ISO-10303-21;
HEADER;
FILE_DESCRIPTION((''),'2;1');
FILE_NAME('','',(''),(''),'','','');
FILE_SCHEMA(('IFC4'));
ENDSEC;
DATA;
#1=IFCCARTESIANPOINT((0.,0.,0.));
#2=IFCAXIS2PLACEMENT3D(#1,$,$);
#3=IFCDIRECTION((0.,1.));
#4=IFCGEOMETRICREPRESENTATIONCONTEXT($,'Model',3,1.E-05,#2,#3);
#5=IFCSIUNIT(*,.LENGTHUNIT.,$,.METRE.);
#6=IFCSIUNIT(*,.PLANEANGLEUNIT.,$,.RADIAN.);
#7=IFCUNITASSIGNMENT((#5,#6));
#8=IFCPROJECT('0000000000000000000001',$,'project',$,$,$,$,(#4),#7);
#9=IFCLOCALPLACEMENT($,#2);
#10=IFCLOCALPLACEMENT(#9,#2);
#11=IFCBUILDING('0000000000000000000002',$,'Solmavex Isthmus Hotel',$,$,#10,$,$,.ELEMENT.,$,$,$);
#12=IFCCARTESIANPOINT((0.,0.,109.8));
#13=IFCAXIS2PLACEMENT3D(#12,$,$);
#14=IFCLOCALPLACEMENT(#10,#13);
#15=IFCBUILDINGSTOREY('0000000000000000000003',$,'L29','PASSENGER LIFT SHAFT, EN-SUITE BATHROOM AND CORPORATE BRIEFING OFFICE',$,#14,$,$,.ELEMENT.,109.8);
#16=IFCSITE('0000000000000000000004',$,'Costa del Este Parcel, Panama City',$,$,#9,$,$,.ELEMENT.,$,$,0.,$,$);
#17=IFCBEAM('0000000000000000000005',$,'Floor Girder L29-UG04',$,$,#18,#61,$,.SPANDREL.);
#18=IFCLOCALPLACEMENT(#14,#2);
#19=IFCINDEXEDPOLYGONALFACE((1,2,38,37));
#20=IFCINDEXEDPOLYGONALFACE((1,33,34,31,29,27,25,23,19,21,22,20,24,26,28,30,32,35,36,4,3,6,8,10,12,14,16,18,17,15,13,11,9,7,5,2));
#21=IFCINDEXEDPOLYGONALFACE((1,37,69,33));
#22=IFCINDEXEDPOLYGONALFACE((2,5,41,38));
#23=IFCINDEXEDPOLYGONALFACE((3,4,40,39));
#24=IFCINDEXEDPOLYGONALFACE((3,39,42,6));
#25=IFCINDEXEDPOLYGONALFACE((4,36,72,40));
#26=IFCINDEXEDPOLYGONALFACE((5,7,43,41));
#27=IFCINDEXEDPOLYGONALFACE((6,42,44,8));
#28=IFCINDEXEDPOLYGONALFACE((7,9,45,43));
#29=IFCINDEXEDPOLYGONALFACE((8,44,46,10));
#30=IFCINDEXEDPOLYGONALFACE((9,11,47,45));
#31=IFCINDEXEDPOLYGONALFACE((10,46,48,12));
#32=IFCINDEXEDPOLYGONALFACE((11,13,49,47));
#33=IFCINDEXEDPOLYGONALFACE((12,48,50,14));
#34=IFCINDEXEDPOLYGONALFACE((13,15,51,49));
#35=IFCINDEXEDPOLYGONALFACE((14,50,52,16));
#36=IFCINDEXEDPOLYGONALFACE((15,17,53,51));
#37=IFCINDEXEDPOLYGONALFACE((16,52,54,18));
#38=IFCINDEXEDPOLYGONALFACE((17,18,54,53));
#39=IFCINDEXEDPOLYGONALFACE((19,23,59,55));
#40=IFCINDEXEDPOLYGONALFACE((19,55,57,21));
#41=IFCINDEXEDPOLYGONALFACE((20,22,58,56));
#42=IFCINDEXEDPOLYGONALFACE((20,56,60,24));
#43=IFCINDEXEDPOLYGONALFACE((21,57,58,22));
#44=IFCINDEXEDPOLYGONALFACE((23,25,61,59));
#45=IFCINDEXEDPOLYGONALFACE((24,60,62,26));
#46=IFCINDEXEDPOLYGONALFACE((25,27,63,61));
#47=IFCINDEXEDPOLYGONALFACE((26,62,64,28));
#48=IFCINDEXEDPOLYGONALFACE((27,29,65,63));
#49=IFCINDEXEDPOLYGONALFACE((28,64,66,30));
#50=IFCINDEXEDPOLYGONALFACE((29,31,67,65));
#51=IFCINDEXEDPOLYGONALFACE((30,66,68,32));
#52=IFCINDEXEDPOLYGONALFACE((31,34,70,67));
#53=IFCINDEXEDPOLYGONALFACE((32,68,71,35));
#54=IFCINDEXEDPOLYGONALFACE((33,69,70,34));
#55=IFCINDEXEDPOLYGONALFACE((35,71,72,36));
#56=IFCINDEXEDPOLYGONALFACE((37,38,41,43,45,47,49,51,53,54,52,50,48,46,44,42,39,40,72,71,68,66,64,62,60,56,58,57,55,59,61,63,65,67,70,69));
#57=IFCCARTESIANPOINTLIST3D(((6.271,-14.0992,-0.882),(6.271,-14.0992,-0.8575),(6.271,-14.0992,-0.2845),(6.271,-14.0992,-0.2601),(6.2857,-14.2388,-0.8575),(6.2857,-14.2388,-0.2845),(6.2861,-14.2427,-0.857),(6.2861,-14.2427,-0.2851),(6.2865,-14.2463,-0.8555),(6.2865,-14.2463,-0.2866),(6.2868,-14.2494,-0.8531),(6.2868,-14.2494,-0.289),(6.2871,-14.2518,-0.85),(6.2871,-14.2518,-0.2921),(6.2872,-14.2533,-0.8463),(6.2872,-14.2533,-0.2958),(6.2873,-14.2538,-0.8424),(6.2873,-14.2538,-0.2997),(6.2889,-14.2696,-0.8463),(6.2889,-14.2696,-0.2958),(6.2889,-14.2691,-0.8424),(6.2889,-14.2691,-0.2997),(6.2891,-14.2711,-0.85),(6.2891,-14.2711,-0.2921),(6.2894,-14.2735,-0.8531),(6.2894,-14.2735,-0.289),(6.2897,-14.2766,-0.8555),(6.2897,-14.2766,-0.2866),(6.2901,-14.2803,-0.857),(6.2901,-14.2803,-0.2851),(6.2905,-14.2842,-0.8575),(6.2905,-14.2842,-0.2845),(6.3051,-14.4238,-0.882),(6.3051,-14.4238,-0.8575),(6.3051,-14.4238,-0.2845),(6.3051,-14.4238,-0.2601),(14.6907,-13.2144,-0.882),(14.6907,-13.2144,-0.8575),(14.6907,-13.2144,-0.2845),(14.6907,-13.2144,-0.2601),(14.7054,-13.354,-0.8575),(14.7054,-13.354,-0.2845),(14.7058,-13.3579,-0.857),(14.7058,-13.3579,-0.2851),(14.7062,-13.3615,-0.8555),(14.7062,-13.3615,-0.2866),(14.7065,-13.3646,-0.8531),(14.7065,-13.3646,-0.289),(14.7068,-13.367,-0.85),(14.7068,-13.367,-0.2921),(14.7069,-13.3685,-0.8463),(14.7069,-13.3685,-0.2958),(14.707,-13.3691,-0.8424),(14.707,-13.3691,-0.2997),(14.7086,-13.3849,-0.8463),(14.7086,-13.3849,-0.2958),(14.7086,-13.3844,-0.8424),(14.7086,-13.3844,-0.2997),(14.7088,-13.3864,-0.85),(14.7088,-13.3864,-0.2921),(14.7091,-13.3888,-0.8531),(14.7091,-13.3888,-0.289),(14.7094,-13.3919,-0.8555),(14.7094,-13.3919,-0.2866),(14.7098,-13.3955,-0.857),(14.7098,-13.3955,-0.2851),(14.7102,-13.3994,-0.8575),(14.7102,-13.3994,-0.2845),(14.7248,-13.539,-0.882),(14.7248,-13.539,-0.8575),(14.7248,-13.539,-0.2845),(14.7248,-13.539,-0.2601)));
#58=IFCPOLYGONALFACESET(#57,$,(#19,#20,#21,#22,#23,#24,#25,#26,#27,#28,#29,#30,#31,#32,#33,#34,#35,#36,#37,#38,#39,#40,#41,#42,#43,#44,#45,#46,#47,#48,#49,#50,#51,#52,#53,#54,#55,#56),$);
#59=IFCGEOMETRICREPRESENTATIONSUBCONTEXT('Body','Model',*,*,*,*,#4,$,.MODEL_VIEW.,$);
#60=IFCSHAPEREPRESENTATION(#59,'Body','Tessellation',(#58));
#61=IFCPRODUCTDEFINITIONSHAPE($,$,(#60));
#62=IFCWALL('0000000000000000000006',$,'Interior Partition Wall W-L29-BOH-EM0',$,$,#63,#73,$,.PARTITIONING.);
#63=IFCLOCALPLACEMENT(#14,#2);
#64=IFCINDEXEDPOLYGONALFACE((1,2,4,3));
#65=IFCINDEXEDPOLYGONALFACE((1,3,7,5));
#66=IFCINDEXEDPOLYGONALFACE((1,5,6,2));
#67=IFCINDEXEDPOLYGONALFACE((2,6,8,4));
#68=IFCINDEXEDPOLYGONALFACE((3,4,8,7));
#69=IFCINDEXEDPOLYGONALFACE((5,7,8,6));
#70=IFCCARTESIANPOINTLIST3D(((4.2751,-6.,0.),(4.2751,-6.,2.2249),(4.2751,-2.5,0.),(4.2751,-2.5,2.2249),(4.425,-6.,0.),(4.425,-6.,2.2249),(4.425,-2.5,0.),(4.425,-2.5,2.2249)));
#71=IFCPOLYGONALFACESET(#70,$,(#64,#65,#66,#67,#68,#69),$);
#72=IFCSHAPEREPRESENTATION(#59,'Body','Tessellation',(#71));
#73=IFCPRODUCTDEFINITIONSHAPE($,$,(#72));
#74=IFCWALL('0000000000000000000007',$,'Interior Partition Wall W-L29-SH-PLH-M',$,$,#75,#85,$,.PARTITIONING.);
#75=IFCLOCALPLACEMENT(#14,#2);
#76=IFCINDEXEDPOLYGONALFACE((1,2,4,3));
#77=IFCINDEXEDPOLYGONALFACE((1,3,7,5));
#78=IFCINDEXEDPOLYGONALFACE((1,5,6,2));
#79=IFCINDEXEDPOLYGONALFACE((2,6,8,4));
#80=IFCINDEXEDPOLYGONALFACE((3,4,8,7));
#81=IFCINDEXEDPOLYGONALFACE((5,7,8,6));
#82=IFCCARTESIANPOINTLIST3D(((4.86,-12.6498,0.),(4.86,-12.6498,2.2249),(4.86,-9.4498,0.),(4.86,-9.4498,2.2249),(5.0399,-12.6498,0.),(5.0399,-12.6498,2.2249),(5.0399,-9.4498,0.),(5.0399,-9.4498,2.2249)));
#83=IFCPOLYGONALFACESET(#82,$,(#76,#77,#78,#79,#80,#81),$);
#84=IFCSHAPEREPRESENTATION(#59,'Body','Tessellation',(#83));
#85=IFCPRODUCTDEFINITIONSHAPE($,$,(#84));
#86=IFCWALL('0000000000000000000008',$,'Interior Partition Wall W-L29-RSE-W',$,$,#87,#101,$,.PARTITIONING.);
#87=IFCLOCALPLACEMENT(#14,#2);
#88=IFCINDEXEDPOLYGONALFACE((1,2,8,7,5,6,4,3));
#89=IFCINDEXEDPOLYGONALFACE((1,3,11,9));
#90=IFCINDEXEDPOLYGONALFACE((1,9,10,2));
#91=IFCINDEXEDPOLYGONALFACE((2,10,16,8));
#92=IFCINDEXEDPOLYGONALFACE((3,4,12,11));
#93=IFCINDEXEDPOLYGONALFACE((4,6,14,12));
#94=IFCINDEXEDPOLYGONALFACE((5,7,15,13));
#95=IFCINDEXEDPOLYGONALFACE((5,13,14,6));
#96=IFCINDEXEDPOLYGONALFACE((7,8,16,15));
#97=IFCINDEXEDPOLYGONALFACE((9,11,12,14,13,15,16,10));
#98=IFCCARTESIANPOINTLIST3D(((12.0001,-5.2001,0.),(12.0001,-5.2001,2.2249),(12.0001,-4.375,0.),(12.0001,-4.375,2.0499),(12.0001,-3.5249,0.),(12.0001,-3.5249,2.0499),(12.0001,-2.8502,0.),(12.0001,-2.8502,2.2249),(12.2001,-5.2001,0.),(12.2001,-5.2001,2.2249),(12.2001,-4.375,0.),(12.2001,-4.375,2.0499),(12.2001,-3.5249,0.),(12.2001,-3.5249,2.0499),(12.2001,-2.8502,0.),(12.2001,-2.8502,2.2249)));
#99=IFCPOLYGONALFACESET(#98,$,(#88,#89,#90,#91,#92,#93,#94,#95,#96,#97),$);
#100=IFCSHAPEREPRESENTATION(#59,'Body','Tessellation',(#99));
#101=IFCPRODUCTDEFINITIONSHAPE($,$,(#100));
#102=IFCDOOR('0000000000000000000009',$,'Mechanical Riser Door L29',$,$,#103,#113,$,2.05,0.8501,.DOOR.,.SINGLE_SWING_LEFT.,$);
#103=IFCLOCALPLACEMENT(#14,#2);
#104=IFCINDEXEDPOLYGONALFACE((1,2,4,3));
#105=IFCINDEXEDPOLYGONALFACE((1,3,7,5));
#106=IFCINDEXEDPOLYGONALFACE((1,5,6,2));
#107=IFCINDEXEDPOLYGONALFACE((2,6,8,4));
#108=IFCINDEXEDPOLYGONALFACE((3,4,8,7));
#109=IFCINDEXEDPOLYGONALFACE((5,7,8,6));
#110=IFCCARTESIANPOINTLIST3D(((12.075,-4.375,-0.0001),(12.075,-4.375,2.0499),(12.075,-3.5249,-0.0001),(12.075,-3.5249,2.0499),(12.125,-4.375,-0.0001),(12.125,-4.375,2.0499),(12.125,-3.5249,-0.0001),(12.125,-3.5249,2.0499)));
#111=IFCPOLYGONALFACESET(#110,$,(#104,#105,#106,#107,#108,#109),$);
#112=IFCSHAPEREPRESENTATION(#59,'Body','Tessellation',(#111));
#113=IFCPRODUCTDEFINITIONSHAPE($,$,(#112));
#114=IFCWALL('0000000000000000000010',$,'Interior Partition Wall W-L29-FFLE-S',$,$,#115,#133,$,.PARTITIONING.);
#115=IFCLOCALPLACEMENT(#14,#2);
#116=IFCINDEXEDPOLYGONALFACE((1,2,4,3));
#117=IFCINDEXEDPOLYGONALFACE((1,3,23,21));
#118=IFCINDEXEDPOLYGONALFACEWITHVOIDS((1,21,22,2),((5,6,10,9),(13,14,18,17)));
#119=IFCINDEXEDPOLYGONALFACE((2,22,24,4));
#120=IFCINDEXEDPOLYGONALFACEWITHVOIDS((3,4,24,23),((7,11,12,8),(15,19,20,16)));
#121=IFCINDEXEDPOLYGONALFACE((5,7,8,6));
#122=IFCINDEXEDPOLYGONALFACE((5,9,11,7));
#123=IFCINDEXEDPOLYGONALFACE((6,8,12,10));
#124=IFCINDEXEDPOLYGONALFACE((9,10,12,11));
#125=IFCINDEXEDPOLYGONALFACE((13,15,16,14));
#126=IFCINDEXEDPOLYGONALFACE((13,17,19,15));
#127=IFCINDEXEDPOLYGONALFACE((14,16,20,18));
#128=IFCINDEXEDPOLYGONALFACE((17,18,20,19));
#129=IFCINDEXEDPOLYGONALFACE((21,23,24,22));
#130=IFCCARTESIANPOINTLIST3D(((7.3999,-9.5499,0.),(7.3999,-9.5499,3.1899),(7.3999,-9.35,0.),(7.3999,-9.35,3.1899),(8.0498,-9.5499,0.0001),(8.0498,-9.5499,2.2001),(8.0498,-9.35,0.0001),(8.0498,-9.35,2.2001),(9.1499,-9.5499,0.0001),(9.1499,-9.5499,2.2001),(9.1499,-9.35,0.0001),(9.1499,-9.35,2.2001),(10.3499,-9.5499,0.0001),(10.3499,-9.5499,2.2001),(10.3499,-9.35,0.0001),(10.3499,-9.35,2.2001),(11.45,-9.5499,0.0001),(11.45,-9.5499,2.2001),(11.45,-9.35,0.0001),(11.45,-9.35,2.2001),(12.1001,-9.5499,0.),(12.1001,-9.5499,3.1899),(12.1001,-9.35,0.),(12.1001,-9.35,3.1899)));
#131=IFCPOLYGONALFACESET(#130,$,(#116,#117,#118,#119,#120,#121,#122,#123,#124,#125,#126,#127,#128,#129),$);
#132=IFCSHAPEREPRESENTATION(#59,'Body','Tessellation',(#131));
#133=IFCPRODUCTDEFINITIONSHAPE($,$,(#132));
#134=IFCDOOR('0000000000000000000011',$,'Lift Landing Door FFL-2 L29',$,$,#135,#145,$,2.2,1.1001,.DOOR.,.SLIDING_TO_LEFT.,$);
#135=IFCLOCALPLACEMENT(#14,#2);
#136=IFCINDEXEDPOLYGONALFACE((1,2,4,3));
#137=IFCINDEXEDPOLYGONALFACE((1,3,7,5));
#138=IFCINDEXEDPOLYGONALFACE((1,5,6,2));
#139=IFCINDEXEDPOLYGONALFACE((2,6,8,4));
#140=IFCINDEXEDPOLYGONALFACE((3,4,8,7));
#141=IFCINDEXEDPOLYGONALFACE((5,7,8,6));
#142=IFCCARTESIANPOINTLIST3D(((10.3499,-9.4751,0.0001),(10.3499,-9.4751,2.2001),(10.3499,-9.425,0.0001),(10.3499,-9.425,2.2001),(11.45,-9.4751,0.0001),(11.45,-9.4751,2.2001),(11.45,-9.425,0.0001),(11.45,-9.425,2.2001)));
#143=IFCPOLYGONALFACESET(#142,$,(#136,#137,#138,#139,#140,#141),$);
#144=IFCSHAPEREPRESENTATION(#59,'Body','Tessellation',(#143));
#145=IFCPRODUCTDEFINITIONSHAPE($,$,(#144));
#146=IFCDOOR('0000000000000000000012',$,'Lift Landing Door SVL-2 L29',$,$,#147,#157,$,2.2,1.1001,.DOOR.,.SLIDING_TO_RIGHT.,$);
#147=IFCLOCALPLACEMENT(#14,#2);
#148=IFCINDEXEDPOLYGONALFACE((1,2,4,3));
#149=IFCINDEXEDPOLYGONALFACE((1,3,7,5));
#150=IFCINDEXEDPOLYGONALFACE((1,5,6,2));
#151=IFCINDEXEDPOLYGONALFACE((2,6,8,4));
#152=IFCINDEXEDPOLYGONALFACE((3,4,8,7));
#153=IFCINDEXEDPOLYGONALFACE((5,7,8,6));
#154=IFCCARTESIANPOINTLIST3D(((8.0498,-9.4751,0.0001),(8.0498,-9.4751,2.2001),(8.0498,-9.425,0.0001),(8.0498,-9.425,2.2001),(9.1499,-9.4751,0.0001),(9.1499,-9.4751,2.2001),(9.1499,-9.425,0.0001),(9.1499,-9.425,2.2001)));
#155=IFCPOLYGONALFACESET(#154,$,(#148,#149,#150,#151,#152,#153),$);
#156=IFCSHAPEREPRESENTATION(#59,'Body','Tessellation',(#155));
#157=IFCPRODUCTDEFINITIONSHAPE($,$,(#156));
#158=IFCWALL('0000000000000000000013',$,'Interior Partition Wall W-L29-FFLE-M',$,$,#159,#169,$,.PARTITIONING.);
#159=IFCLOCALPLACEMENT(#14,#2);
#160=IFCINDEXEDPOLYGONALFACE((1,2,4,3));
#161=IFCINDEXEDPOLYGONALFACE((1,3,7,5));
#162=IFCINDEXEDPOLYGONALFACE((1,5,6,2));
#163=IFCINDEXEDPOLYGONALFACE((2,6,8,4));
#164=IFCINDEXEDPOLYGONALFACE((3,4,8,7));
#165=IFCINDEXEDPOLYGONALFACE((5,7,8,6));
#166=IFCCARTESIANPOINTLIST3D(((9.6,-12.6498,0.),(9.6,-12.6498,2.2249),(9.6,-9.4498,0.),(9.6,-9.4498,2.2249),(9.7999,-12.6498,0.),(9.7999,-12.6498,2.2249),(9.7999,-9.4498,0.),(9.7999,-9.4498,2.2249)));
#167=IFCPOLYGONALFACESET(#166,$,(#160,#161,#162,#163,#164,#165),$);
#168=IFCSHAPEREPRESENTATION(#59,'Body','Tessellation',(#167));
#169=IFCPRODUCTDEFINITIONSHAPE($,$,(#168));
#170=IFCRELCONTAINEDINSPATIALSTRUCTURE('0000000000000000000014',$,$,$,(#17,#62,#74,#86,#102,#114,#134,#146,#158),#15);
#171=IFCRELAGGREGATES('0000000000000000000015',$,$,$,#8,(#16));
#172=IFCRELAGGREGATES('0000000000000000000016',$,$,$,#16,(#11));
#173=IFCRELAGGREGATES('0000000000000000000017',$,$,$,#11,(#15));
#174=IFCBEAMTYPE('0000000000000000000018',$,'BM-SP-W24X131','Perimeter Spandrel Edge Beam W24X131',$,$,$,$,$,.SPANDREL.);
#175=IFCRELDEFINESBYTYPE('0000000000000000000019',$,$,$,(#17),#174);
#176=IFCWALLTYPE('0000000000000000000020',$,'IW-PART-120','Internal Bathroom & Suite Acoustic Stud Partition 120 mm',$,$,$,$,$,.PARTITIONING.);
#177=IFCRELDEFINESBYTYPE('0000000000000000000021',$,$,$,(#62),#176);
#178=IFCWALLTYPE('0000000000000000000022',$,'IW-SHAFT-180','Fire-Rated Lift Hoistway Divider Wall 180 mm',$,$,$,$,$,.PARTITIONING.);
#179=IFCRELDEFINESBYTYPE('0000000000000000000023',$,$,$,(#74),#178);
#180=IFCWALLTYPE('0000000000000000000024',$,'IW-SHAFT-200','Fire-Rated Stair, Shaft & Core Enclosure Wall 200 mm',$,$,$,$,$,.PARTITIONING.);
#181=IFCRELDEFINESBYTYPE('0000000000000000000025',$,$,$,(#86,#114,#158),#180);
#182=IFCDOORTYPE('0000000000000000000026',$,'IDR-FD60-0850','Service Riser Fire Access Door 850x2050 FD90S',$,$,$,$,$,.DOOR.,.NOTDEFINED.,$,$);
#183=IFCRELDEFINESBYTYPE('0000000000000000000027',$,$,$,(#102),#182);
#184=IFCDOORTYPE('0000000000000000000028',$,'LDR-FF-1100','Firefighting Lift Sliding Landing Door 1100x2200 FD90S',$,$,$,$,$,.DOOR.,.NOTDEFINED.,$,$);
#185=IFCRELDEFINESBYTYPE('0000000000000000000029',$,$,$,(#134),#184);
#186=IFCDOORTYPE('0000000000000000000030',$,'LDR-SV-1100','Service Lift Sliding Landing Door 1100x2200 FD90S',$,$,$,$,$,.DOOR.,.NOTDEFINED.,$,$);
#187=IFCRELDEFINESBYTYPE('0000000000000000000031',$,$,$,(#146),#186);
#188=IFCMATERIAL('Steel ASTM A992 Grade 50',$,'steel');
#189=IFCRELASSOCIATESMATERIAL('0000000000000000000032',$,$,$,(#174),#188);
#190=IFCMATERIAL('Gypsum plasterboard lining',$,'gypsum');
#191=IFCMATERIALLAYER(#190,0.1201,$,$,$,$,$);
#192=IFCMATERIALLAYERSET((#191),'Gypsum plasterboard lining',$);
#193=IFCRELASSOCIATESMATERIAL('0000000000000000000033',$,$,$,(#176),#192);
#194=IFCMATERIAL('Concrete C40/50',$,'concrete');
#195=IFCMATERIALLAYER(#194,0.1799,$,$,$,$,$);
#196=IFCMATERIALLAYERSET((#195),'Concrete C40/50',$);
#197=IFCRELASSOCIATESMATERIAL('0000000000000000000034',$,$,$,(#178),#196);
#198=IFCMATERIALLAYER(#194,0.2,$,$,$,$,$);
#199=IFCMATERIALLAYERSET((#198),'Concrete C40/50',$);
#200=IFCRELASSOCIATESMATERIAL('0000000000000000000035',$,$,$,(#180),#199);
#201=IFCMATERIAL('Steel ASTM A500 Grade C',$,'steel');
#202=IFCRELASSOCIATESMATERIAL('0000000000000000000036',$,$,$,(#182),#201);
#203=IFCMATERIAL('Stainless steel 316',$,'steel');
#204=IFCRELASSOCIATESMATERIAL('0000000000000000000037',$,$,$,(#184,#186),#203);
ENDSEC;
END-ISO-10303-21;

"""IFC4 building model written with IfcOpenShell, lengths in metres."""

from ifc_helpers import new_model, si_unit, direction, frame, frame_2d, origin, origin_2d, place, context, subcontext, project, spatial, rectangle, i_section, extrude, material, layer, layer_set, material_profile, profile_set, type_object, element, fill, save


model = new_model("IFC4")

# Units and contexts
model_context = context("Model", 3, precision=1e-05, world=origin(), true_north=direction((0.0, 1.0)))
body_context = subcontext(model_context, "Body", "Model", "MODEL_VIEW")
ifc_project = project(units=[si_unit("LENGTHUNIT", "METRE"), si_unit("PLANEANGLEUNIT", "RADIAN")], contexts=[model_context])

# Site, building, storey
site_placement = place(None, origin())
site = spatial("IfcSite", under=ifc_project, at=site_placement, Name="Costa del Este Parcel, Panama City", CompositionType="ELEMENT", RefElevation=0.0)
building_placement = place(site_placement, origin())
building = spatial("IfcBuilding", under=site, at=building_placement, Name="Solmavex Isthmus Hotel", CompositionType="ELEMENT")
storey_placement = place(building_placement, frame((0.0, 0.0, 109.8)))
storey = spatial("IfcBuildingStorey", under=building, at=storey_placement, Name="L29", Description="PASSENGER LIFT SHAFT, EN-SUITE BATHROOM AND CORPORATE BRIEFING OFFICE", CompositionType="ELEMENT", Elevation=109.8)

# Beam
ifc_material_1 = material(Name="Steel ASTM A992 Grade 50", Category="steel")
ifc_material_profile_1 = material_profile(ifc_material_1, i_section(OverallWidth=0.3264, OverallDepth=0.6218, WebThickness=0.0154, FlangeThickness=0.0244, FilletRadius=0.0151, at=origin_2d()), Name="W24X131")
ifc_profile_set_1 = profile_set([ifc_material_profile_1], Name="Steel ASTM A992 Grade 50")
beam_type_1 = type_object("IfcBeamType", Name="BM-SP-W24X131", Description="Perimeter Spandrel Edge Beam W24X131", PredefinedType="SPANDREL", material=ifc_profile_set_1)
beam_1_placement = place(storey_placement, frame((6.2881, -14.2615, -0.571), z_axis=(0.994524, 0.104508, 0.0), x_axis=(-0.104508, 0.994524, 0.0)))
element("IfcBeam", 1, at=beam_1_placement, inside=storey, type_object=beam_type_1, Name="Floor Girder L29-UG04", PredefinedType="SPANDREL", context=body_context, shape_type="SweptSolid", body=[
    extrude(i_section(OverallWidth=0.3264, OverallDepth=0.6218, WebThickness=0.0154, FlangeThickness=0.0244, FilletRadius=0.0151, at=origin_2d()), origin(), (0.0, 0.0, 1.0), 8.4661),
])

# Walls
ifc_material_2 = material(Name="Gypsum plasterboard lining", Category="gypsum")
ifc_layer_1 = layer(ifc_material_2, 0.1201)
ifc_layer_set_1 = layer_set([ifc_layer_1], Name="Gypsum plasterboard lining")
wall_type_1 = type_object("IfcWallType", Name="IW-PART-120", Description="Internal Bathroom & Suite Acoustic Stud Partition 120 mm", PredefinedType="PARTITIONING", material=ifc_layer_set_1)
wall_1_placement = place(storey_placement, frame((4.3501, -6.0, 0.0), z_axis=(0.0, 0.0, 1.0), x_axis=(0.0, 1.0, 0.0)))
element("IfcWall", 2, at=wall_1_placement, inside=storey, type_object=wall_type_1, Name="Interior Partition Wall W-L29-BOH-EM0", PredefinedType="PARTITIONING", context=body_context, shape_type="SweptSolid", body=[
    extrude(rectangle(XDim=3.5, YDim=0.1499, at=frame_2d((1.75, 0.0))), origin(), (0.0, 0.0, 1.0), 2.2249),
])
ifc_material_3 = material(Name="Concrete C40/50", Category="concrete")
ifc_layer_2 = layer(ifc_material_3, 0.1799)
ifc_layer_set_2 = layer_set([ifc_layer_2], Name="Concrete C40/50")
wall_type_2 = type_object("IfcWallType", Name="IW-SHAFT-180", Description="Fire-Rated Lift Hoistway Divider Wall 180 mm", PredefinedType="PARTITIONING", material=ifc_layer_set_2)
wall_2_placement = place(storey_placement, frame((4.95, -12.6499, 0.0), z_axis=(0.0, 0.0, 1.0), x_axis=(0.0, 1.0, 0.0)))
element("IfcWall", 3, at=wall_2_placement, inside=storey, type_object=wall_type_2, Name="Interior Partition Wall W-L29-SH-PLH-M", PredefinedType="PARTITIONING", context=body_context, shape_type="SweptSolid", body=[
    extrude(rectangle(XDim=3.2, YDim=0.1799, at=frame_2d((1.6001, 0.0))), origin(), (0.0, 0.0, 1.0), 2.2249),
])

# Wall, opening, door
ifc_layer_3 = layer(ifc_material_3, 0.2)
ifc_layer_set_3 = layer_set([ifc_layer_3], Name="Concrete C40/50")
wall_type_3 = type_object("IfcWallType", Name="IW-SHAFT-200", Description="Fire-Rated Stair, Shaft & Core Enclosure Wall 200 mm", PredefinedType="PARTITIONING", material=ifc_layer_set_3)
wall_3_placement = place(storey_placement, frame((12.1001, -5.2, 0.0), z_axis=(0.0, 0.0, 1.0), x_axis=(0.0, 1.0, 0.0)))
wall_3 = element("IfcWall", 4, at=wall_3_placement, inside=storey, type_object=wall_type_3, Name="Interior Partition Wall W-L29-RSE-W", PredefinedType="PARTITIONING", context=body_context, shape_type="SweptSolid", body=[
    extrude(rectangle(XDim=2.3499, YDim=0.2, at=frame_2d((1.1748, 0.0))), origin(), (0.0, 0.0, 1.0), 2.2249),
])
opening_1_placement = place(wall_3_placement, frame((0.825, 0.0, 0.0)))
opening_1 = element("IfcOpeningElement", 5, at=opening_1_placement, cuts=wall_3, PredefinedType="OPENING", context=body_context, shape_type="SweptSolid", body=[
    extrude(rectangle(XDim=0.8501, YDim=2.05, at=frame_2d((0.425, 1.0249))), frame((0.0, 0.1099, 0.0), z_axis=(0.0, -1.0, 0.0), x_axis=(1.0, 0.0, 0.0)), (0.0, 0.0, 1.0), 0.22),
])
ifc_material_4 = material(Name="Steel ASTM A500 Grade C", Category="steel")
door_type_1 = type_object("IfcDoorType", Name="IDR-FD60-0850", Description="Service Riser Fire Access Door 850x2050 FD90S", OperationType="NOTDEFINED", PredefinedType="DOOR", material=ifc_material_4)
door_1_placement = place(opening_1_placement, frame((0.8501, 0.0, 0.0), z_axis=(0.0, 0.0, 1.0), x_axis=(-1.0, 0.0, 0.0)))
door_1 = element("IfcDoor", 6, at=door_1_placement, inside=storey, type_object=door_type_1, Name="Mechanical Riser Door L29", OperationType="SINGLE_SWING_LEFT", OverallHeight=2.05, OverallWidth=0.8501, PredefinedType="DOOR", context=body_context, shape_type="SweptSolid", body=[
    extrude(rectangle(XDim=0.8501, YDim=2.05, at=frame_2d((0.425, 1.0249))), frame((0.0, 0.0249, 0.0), z_axis=(0.0, -1.0, 0.0), x_axis=(1.0, 0.0, 0.0)), (0.0, 0.0, 1.0), 0.05),
])
fill(opening_1, door_1)

# Wall, openings, doors
wall_4_placement = place(storey_placement, frame((7.3999, -9.45, 0.0), z_axis=(0.0, 0.0, 1.0), x_axis=(1.0, 0.0, 0.0)))
wall_4 = element("IfcWall", 7, at=wall_4_placement, inside=storey, type_object=wall_type_3, Name="Interior Partition Wall W-L29-FFLE-S", PredefinedType="PARTITIONING", context=body_context, shape_type="SweptSolid", body=[
    extrude(rectangle(XDim=4.7002, YDim=0.2, at=frame_2d((2.3501, 0.0))), origin(), (0.0, 0.0, 1.0), 3.1899),
])
opening_2_placement = place(wall_4_placement, frame((2.95, 0.0, 0.0)))
opening_2 = element("IfcOpeningElement", 8, at=opening_2_placement, cuts=wall_4, PredefinedType="OPENING", context=body_context, shape_type="SweptSolid", body=[
    extrude(rectangle(XDim=1.1001, YDim=2.2, at=frame_2d((0.55, 1.1001))), frame((0.0, 0.1099, 0.0), z_axis=(0.0, -1.0, 0.0), x_axis=(1.0, 0.0, 0.0)), (0.0, 0.0, 1.0), 0.22),
])
opening_3_placement = place(wall_4_placement, frame((0.6499, 0.0, 0.0)))
opening_3 = element("IfcOpeningElement", 9, at=opening_3_placement, cuts=wall_4, PredefinedType="OPENING", context=body_context, shape_type="SweptSolid", body=[
    extrude(rectangle(XDim=1.1001, YDim=2.2, at=frame_2d((0.55, 1.1001))), frame((0.0, 0.1099, 0.0), z_axis=(0.0, -1.0, 0.0), x_axis=(1.0, 0.0, 0.0)), (0.0, 0.0, 1.0), 0.22),
])
ifc_material_5 = material(Name="Stainless steel 316", Category="steel")
door_type_2 = type_object("IfcDoorType", Name="LDR-FF-1100", Description="Firefighting Lift Sliding Landing Door 1100x2200 FD90S", OperationType="NOTDEFINED", PredefinedType="DOOR", material=ifc_material_5)
door_2_placement = place(opening_2_placement, origin())
door_2 = element("IfcDoor", 10, at=door_2_placement, inside=storey, type_object=door_type_2, Name="Lift Landing Door FFL-2 L29", OperationType="SLIDING_TO_LEFT", OverallHeight=2.2, OverallWidth=1.1001, PredefinedType="DOOR", context=body_context, shape_type="SweptSolid", body=[
    extrude(rectangle(XDim=1.1001, YDim=2.2, at=frame_2d((0.55, 1.1001))), frame((0.0, 0.0249, 0.0), z_axis=(0.0, -1.0, 0.0), x_axis=(1.0, 0.0, 0.0)), (0.0, 0.0, 1.0), 0.05),
])
fill(opening_2, door_2)
door_type_3 = type_object("IfcDoorType", Name="LDR-SV-1100", Description="Service Lift Sliding Landing Door 1100x2200 FD90S", OperationType="NOTDEFINED", PredefinedType="DOOR", material=ifc_material_5)
door_3_placement = place(opening_3_placement, origin())
door_3 = element("IfcDoor", 11, at=door_3_placement, inside=storey, type_object=door_type_3, Name="Lift Landing Door SVL-2 L29", OperationType="SLIDING_TO_RIGHT", OverallHeight=2.2, OverallWidth=1.1001, PredefinedType="DOOR", context=body_context, shape_type="SweptSolid", body=[
    extrude(rectangle(XDim=1.1001, YDim=2.2, at=frame_2d((0.55, 1.1001))), frame((0.0, 0.0249, 0.0), z_axis=(0.0, -1.0, 0.0), x_axis=(1.0, 0.0, 0.0)), (0.0, 0.0, 1.0), 0.05),
])
fill(opening_3, door_3)

# Wall
for number, where, z_axis, x_axis, name in (
    (12, (9.7, -12.6499, 0.0), (0.0, 0.0, 1.0), (0.0, 1.0, 0.0), "Interior Partition Wall W-L29-FFLE-M"),
):
    element("IfcWall", number, at=place(storey_placement, frame(where, z_axis=z_axis, x_axis=x_axis)), inside=storey, type_object=wall_type_3, Name=name, PredefinedType="PARTITIONING", context=body_context, shape_type="SweptSolid", body=[
        extrude(rectangle(XDim=3.2, YDim=0.2, at=frame_2d((1.6001, 0.0))), origin(), (0.0, 0.0, 1.0), 2.2249),
    ])

save(model, "model.ifc")
